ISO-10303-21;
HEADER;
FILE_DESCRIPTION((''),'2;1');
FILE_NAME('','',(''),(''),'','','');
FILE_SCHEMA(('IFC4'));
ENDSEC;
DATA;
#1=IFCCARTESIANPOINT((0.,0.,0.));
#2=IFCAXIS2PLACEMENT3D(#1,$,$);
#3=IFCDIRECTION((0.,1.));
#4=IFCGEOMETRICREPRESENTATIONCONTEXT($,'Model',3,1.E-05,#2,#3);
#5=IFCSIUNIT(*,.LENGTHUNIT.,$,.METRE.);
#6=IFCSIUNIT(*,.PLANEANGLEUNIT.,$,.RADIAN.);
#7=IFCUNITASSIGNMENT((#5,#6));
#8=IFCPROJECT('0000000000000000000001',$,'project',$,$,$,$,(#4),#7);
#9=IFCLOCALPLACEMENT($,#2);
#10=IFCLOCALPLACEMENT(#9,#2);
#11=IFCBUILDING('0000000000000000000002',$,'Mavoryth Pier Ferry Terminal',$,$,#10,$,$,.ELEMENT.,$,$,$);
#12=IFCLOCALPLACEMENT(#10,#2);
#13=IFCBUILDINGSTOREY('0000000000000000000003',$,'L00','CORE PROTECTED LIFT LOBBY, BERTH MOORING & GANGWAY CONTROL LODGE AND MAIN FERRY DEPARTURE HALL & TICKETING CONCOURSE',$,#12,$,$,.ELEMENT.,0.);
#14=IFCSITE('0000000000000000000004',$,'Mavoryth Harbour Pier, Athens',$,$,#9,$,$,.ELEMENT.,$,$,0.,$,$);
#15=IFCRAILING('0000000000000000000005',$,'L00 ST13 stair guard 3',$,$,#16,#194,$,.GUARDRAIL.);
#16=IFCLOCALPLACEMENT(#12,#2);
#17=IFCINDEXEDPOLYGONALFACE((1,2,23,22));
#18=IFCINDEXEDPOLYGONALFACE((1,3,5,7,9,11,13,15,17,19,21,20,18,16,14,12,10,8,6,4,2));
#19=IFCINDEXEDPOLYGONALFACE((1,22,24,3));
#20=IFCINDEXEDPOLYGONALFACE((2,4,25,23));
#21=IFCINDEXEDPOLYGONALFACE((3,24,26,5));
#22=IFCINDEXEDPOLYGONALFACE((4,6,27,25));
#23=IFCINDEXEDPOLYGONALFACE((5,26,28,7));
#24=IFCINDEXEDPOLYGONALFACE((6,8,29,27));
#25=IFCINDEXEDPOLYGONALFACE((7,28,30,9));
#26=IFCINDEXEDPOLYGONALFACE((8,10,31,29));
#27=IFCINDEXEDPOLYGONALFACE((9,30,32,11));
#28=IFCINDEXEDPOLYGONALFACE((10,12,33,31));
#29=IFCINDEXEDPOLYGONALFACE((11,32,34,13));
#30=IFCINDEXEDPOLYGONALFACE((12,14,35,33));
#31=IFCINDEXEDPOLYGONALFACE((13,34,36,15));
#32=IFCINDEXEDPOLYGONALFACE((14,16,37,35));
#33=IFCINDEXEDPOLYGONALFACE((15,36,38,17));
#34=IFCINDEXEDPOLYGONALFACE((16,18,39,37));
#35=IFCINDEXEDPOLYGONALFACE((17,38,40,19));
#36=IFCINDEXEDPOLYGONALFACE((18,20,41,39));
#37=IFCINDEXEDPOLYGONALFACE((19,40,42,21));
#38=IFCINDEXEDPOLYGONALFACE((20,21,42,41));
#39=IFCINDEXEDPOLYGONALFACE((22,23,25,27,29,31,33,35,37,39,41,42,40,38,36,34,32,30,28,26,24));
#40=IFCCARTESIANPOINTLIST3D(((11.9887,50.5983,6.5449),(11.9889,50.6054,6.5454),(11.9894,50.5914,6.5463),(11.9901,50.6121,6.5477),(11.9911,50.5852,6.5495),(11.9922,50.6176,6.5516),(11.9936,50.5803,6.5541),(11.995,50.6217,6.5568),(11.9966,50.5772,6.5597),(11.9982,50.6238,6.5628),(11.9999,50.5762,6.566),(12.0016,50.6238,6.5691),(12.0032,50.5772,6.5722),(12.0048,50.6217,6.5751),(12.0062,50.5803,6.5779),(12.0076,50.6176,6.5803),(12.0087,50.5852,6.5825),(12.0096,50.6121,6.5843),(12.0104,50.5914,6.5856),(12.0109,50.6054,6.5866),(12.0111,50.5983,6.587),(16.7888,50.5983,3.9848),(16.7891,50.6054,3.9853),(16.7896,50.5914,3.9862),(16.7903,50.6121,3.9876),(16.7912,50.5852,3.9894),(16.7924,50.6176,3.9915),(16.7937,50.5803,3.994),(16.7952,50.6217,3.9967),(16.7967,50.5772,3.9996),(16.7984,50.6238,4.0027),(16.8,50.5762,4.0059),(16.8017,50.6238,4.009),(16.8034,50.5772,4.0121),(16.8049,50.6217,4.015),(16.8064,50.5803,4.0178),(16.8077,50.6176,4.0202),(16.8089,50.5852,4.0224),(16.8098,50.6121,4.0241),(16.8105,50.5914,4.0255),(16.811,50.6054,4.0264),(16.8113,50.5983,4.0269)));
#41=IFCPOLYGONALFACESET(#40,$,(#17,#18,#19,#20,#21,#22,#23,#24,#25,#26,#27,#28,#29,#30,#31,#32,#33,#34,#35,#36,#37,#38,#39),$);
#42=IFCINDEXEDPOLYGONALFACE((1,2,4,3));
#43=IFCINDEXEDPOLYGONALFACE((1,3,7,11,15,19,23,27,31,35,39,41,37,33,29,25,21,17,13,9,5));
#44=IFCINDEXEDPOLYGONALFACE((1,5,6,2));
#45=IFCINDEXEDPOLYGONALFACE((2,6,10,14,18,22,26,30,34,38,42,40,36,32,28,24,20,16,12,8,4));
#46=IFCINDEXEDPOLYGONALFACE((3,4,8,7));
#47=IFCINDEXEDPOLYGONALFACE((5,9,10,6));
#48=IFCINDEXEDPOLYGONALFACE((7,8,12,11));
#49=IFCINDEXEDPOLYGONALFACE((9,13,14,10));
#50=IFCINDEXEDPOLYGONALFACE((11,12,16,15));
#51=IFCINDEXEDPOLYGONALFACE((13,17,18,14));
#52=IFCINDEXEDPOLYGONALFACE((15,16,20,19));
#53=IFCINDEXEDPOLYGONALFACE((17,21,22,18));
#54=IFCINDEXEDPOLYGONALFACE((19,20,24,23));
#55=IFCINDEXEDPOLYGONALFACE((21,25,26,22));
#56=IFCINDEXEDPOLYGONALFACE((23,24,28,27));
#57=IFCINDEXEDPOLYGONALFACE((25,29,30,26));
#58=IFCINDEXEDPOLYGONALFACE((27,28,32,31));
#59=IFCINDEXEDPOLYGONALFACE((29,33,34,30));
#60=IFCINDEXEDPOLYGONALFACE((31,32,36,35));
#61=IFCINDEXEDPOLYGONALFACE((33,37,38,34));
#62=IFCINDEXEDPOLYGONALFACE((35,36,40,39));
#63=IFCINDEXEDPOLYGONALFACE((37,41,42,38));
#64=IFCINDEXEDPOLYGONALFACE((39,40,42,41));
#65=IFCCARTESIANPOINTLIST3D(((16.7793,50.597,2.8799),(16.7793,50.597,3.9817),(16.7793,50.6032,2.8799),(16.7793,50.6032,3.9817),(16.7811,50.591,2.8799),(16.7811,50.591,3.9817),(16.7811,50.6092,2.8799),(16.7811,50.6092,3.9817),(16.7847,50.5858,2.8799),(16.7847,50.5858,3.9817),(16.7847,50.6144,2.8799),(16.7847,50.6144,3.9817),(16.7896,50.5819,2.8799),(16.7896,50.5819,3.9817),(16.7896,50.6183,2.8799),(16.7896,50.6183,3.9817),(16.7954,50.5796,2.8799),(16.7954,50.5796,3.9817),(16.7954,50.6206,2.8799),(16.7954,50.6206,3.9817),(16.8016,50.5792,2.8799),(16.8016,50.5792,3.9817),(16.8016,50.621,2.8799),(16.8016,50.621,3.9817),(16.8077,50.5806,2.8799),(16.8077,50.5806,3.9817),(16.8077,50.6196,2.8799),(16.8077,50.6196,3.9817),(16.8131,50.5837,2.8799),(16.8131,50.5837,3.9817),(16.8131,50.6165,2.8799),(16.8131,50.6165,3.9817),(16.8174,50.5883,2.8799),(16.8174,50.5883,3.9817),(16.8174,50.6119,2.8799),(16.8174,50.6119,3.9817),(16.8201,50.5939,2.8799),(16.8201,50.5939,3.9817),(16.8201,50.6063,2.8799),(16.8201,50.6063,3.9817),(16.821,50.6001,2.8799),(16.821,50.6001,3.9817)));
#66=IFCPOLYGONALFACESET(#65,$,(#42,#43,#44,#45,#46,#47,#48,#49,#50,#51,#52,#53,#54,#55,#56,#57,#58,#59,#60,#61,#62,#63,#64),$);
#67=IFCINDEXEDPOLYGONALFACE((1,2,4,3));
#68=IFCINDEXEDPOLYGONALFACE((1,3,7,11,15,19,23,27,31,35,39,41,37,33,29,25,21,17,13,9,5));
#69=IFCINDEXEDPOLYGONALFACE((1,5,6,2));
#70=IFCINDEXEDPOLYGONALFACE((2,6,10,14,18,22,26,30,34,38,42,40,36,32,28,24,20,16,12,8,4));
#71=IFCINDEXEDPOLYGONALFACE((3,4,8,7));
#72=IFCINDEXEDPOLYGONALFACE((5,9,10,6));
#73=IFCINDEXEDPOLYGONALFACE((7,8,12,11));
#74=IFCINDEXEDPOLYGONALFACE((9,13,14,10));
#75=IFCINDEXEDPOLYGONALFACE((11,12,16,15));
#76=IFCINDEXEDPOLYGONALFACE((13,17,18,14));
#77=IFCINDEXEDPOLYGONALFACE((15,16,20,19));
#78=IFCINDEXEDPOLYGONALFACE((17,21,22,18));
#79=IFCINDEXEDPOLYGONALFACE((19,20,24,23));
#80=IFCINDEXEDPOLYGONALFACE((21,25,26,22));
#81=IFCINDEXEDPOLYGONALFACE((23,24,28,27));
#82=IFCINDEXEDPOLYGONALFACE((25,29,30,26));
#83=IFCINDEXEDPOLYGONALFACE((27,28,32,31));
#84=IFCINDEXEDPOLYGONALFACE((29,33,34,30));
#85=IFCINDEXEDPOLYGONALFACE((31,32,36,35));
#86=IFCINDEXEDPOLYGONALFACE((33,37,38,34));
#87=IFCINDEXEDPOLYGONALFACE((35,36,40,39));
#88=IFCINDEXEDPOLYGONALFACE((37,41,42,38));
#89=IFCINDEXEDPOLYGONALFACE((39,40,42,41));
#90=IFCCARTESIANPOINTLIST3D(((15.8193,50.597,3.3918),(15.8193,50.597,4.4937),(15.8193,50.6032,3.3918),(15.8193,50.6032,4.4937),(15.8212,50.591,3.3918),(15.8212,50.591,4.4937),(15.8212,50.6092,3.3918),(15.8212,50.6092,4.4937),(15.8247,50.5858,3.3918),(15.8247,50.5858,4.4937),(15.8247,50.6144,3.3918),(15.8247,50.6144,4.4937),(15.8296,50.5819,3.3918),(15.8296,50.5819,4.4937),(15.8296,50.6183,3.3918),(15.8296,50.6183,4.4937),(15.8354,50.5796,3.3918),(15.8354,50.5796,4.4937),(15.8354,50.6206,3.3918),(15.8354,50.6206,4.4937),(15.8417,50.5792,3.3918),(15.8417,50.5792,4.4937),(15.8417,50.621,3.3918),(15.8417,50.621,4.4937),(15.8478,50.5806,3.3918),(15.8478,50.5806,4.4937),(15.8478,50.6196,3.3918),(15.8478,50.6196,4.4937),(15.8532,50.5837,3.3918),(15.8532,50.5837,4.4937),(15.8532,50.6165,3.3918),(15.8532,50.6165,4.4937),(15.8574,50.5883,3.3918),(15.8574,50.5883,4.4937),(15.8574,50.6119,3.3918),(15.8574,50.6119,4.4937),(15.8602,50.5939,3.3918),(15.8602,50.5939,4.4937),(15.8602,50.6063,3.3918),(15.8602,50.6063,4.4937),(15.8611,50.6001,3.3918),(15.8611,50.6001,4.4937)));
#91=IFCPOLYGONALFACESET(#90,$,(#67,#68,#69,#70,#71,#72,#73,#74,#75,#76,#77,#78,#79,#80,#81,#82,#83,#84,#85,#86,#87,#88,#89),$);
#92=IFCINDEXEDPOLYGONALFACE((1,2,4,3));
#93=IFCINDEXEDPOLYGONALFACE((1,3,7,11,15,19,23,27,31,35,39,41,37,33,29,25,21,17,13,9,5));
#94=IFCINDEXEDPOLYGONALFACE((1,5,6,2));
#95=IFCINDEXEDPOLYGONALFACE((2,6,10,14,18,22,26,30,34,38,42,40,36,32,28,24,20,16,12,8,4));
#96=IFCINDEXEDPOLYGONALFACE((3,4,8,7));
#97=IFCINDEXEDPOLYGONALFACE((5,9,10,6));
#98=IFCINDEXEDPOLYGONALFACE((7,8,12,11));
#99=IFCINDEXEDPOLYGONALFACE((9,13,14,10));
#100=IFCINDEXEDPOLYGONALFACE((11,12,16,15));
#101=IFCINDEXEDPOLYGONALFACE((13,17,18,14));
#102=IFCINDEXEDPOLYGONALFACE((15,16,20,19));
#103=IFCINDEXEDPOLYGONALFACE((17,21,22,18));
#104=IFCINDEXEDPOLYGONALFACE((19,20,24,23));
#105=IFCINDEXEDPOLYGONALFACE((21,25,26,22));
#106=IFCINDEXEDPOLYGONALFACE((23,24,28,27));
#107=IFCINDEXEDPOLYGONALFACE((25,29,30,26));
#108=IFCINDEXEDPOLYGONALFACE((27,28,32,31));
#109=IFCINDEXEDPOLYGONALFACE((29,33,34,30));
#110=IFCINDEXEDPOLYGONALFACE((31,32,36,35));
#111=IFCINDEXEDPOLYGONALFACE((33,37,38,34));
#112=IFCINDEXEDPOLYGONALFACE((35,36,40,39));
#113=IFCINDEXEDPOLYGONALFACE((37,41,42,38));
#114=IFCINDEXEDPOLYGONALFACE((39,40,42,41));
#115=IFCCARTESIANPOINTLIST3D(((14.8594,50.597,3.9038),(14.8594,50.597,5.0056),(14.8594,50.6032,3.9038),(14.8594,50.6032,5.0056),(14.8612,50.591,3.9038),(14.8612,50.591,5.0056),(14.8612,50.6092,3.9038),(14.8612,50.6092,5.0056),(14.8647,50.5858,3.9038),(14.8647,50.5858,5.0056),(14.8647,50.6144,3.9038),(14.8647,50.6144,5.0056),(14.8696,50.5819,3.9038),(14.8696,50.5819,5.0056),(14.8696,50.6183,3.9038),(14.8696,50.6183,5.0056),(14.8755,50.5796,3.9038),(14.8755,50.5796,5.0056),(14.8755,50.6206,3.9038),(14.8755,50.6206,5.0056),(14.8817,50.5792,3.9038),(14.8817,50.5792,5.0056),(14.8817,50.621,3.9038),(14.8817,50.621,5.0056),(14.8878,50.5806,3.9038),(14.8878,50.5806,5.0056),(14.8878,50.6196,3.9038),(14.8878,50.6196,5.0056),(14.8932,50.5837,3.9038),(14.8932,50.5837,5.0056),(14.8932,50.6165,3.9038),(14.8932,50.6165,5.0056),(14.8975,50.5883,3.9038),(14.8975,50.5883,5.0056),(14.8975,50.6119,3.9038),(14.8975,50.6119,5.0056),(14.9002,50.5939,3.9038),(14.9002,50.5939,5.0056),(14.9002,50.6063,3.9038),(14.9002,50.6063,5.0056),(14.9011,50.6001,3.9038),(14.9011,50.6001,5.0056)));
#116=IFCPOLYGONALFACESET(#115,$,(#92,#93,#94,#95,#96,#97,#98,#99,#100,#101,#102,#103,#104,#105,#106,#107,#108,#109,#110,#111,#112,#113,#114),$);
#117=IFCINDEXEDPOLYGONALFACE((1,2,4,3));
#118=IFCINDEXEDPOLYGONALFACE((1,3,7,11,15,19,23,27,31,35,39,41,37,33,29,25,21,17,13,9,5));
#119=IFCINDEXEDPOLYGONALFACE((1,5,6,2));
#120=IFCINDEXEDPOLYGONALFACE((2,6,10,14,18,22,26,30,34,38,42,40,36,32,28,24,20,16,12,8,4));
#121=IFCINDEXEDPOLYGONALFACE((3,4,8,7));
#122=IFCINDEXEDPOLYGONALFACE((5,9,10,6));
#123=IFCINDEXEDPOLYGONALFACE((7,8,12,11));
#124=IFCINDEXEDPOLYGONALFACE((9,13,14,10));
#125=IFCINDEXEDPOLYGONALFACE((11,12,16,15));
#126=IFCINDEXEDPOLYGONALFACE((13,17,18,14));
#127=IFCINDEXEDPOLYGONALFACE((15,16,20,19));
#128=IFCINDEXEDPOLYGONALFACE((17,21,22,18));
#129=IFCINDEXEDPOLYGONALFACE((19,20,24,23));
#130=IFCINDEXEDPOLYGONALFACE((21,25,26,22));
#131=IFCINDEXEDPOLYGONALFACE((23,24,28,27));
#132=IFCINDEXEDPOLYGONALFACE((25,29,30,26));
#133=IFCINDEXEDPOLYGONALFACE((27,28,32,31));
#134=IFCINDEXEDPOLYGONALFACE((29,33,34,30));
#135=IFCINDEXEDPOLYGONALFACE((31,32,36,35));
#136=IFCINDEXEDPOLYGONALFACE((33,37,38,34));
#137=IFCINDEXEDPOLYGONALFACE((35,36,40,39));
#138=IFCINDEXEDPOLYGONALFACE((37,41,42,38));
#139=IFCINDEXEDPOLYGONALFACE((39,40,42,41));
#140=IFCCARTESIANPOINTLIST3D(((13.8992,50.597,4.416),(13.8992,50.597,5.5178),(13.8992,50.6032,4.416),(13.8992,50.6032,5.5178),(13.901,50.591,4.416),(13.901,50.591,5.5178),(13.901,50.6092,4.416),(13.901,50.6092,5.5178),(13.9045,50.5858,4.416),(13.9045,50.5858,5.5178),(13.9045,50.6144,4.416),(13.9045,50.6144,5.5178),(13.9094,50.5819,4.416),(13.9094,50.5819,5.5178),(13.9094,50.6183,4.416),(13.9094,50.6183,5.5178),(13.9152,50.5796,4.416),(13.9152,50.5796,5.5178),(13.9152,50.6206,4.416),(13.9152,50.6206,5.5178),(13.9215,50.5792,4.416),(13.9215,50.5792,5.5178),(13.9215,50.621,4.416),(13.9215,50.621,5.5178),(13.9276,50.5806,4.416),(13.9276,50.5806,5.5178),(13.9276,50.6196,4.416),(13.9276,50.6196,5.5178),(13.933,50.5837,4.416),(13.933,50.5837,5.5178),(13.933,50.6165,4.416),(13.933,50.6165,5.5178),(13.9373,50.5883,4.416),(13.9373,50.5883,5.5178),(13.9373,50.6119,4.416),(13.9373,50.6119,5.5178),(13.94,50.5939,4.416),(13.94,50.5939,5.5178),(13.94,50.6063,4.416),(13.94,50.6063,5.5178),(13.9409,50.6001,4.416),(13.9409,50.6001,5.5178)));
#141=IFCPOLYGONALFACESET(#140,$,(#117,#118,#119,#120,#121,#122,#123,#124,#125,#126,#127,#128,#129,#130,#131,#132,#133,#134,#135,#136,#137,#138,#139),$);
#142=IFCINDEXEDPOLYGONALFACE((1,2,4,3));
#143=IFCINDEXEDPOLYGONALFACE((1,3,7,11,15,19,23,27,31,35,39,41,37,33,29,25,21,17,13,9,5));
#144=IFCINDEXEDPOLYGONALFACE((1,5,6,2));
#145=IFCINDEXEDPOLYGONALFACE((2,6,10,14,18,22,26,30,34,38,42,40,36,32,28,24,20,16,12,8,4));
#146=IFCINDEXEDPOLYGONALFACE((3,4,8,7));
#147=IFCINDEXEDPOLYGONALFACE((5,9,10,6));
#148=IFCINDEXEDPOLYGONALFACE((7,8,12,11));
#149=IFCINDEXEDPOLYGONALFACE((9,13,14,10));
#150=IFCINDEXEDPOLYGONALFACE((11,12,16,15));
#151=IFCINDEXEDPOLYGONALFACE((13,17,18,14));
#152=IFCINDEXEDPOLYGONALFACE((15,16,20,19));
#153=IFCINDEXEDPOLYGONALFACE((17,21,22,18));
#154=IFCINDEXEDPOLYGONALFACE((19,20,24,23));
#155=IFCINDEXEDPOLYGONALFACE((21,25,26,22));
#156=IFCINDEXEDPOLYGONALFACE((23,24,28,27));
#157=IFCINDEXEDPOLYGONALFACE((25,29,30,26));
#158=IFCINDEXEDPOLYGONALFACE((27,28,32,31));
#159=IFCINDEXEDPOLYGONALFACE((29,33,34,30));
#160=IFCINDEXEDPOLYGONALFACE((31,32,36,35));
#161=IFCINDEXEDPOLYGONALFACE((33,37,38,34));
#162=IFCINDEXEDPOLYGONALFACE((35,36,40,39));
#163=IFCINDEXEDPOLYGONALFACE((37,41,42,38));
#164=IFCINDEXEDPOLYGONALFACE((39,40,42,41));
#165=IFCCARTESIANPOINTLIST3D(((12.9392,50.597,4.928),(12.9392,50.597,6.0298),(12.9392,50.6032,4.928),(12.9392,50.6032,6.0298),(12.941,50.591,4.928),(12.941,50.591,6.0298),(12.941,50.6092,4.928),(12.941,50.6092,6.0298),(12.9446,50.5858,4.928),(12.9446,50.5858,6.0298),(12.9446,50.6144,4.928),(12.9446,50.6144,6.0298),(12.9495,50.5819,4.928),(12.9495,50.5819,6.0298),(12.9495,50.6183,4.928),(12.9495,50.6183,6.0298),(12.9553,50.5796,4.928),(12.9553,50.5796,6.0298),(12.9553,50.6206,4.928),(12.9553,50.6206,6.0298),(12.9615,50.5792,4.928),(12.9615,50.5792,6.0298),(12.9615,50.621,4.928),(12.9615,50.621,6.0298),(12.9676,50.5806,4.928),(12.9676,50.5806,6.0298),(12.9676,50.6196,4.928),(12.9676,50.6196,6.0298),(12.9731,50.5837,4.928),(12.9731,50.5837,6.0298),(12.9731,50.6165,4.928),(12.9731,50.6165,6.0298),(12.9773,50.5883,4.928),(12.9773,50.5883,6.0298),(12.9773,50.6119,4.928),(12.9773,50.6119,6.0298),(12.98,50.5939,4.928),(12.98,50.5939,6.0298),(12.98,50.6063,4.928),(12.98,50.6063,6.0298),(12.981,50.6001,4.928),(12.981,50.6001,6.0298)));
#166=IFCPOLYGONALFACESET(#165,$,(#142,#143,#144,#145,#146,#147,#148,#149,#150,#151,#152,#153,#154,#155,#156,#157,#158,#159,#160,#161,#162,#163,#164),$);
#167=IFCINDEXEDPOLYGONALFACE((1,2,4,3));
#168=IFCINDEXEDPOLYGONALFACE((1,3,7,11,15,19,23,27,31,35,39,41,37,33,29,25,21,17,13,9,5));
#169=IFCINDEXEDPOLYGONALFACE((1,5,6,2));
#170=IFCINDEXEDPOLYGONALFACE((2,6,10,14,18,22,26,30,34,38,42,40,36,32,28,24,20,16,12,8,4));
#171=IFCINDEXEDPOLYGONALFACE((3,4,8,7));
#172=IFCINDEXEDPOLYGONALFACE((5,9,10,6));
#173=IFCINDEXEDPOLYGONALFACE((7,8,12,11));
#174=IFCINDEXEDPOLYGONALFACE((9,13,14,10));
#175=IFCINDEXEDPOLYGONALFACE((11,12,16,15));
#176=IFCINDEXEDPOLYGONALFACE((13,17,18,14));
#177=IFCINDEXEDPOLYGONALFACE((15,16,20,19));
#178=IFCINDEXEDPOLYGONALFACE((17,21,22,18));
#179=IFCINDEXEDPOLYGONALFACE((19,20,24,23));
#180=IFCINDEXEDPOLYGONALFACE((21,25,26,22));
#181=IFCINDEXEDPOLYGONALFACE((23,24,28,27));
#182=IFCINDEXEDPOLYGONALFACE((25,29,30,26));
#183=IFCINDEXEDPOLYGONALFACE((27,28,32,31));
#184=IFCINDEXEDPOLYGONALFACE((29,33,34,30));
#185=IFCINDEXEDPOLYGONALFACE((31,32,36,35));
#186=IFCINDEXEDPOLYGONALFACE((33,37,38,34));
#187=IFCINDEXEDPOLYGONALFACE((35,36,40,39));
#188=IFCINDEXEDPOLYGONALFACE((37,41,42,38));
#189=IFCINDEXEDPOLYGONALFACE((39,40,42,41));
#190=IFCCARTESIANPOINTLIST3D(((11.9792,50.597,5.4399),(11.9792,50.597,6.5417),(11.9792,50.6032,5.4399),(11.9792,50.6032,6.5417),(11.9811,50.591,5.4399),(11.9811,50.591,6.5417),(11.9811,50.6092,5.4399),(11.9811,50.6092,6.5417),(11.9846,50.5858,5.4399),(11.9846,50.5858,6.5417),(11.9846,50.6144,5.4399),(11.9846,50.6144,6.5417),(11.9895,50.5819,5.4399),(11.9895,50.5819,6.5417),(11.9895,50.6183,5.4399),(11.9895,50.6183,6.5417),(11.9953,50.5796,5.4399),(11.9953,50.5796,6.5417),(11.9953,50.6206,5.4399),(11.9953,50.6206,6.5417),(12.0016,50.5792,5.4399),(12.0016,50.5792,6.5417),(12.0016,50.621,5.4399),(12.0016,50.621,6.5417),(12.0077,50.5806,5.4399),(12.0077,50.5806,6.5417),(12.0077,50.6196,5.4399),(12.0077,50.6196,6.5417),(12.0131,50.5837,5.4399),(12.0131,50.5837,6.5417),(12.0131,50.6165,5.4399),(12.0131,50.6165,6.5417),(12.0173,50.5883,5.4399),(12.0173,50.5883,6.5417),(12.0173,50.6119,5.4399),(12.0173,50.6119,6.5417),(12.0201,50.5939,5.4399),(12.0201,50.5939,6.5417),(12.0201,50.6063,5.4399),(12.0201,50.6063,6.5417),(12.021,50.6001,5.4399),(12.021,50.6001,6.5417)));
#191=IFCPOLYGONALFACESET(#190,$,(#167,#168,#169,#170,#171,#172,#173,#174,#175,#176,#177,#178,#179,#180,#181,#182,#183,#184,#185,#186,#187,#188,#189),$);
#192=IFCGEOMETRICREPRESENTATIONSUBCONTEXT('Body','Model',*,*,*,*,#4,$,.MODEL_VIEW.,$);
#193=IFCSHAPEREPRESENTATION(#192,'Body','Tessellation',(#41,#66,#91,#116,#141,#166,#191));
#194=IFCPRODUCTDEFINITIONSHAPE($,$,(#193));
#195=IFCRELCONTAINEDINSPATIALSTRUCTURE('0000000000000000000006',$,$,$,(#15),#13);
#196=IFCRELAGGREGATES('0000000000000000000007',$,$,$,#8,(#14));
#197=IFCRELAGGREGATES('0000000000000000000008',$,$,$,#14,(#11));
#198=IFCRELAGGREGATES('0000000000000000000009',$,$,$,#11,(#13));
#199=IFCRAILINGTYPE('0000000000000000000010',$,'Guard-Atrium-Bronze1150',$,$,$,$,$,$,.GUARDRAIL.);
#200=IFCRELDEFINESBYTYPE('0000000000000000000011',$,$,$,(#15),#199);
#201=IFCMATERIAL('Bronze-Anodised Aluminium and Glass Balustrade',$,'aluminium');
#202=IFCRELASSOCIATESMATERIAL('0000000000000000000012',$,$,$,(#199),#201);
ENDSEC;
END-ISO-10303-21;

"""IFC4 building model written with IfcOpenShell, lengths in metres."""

from ifc_helpers import new_model, si_unit, direction, frame, origin, origin_2d, place, context, subcontext, project, spatial, circle, extrude, material, type_object, element, save


model = new_model("IFC4")

# Units and contexts
model_context = context("Model", 3, precision=1e-05, world=origin(), true_north=direction((0.0, 1.0)))
body_context = subcontext(model_context, "Body", "Model", "MODEL_VIEW")
ifc_project = project(units=[si_unit("LENGTHUNIT", "METRE"), si_unit("PLANEANGLEUNIT", "RADIAN")], contexts=[model_context])

# Site, building, storey
site_placement = place(None, origin())
site = spatial("IfcSite", under=ifc_project, at=site_placement, Name="Mavoryth Harbour Pier, Athens", CompositionType="ELEMENT", RefElevation=0.0)
building_placement = place(site_placement, origin())
building = spatial("IfcBuilding", under=site, at=building_placement, Name="Mavoryth Pier Ferry Terminal", CompositionType="ELEMENT")
storey_placement = place(building_placement, origin())
storey = spatial("IfcBuildingStorey", under=building, at=storey_placement, Name="L00", Description="CORE PROTECTED LIFT LOBBY, BERTH MOORING & GANGWAY CONTROL LODGE AND MAIN FERRY DEPARTURE HALL & TICKETING CONCOURSE", CompositionType="ELEMENT", Elevation=0.0)

# Railing
ifc_material_1 = material(Name="Bronze-Anodised Aluminium and Glass Balustrade", Category="aluminium")
railing_type_1 = type_object("IfcRailingType", Name="Guard-Atrium-Bronze1150", PredefinedType="GUARDRAIL", material=ifc_material_1)
railing_1_placement = place(storey_placement, frame((16.8, 50.6001, 2.8799)))
element("IfcRailing", 1, at=railing_1_placement, inside=storey, type_object=railing_type_1, Name="L00 ST13 stair guard 3", PredefinedType="GUARDRAIL", context=body_context, shape_type="SweptSolid", body=[
    extrude(circle(Radius=0.0239, at=origin_2d()), frame((0.0, 0.0, 1.126), z_axis=(-0.88235, 0.0, 0.470593), x_axis=(0.0, -1.0, 0.0)), (0.0, 0.0, 1.0), 5.4402),
    extrude(circle(Radius=0.021, at=origin_2d()), origin(), (0.0, 0.0, 1.0), 1.1018),
    extrude(circle(Radius=0.021, at=origin_2d()), frame((-0.96, 0.0, 0.512)), (0.0, 0.0, 1.0), 1.1018),
    extrude(circle(Radius=0.021, at=origin_2d()), frame((-1.9199, 0.0, 1.0239)), (0.0, 0.0, 1.0), 1.1018),
    extrude(circle(Radius=0.021, at=origin_2d()), frame((-2.8801, 0.0, 1.5361)), (0.0, 0.0, 1.0), 1.1018),
    extrude(circle(Radius=0.021, at=origin_2d()), frame((-3.8401, 0.0, 2.0481)), (0.0, 0.0, 1.0), 1.1018),
    extrude(circle(Radius=0.021, at=origin_2d()), frame((-4.8, 0.0, 2.5601)), (0.0, 0.0, 1.0), 1.1018),
])

save(model, "model.ifc")
